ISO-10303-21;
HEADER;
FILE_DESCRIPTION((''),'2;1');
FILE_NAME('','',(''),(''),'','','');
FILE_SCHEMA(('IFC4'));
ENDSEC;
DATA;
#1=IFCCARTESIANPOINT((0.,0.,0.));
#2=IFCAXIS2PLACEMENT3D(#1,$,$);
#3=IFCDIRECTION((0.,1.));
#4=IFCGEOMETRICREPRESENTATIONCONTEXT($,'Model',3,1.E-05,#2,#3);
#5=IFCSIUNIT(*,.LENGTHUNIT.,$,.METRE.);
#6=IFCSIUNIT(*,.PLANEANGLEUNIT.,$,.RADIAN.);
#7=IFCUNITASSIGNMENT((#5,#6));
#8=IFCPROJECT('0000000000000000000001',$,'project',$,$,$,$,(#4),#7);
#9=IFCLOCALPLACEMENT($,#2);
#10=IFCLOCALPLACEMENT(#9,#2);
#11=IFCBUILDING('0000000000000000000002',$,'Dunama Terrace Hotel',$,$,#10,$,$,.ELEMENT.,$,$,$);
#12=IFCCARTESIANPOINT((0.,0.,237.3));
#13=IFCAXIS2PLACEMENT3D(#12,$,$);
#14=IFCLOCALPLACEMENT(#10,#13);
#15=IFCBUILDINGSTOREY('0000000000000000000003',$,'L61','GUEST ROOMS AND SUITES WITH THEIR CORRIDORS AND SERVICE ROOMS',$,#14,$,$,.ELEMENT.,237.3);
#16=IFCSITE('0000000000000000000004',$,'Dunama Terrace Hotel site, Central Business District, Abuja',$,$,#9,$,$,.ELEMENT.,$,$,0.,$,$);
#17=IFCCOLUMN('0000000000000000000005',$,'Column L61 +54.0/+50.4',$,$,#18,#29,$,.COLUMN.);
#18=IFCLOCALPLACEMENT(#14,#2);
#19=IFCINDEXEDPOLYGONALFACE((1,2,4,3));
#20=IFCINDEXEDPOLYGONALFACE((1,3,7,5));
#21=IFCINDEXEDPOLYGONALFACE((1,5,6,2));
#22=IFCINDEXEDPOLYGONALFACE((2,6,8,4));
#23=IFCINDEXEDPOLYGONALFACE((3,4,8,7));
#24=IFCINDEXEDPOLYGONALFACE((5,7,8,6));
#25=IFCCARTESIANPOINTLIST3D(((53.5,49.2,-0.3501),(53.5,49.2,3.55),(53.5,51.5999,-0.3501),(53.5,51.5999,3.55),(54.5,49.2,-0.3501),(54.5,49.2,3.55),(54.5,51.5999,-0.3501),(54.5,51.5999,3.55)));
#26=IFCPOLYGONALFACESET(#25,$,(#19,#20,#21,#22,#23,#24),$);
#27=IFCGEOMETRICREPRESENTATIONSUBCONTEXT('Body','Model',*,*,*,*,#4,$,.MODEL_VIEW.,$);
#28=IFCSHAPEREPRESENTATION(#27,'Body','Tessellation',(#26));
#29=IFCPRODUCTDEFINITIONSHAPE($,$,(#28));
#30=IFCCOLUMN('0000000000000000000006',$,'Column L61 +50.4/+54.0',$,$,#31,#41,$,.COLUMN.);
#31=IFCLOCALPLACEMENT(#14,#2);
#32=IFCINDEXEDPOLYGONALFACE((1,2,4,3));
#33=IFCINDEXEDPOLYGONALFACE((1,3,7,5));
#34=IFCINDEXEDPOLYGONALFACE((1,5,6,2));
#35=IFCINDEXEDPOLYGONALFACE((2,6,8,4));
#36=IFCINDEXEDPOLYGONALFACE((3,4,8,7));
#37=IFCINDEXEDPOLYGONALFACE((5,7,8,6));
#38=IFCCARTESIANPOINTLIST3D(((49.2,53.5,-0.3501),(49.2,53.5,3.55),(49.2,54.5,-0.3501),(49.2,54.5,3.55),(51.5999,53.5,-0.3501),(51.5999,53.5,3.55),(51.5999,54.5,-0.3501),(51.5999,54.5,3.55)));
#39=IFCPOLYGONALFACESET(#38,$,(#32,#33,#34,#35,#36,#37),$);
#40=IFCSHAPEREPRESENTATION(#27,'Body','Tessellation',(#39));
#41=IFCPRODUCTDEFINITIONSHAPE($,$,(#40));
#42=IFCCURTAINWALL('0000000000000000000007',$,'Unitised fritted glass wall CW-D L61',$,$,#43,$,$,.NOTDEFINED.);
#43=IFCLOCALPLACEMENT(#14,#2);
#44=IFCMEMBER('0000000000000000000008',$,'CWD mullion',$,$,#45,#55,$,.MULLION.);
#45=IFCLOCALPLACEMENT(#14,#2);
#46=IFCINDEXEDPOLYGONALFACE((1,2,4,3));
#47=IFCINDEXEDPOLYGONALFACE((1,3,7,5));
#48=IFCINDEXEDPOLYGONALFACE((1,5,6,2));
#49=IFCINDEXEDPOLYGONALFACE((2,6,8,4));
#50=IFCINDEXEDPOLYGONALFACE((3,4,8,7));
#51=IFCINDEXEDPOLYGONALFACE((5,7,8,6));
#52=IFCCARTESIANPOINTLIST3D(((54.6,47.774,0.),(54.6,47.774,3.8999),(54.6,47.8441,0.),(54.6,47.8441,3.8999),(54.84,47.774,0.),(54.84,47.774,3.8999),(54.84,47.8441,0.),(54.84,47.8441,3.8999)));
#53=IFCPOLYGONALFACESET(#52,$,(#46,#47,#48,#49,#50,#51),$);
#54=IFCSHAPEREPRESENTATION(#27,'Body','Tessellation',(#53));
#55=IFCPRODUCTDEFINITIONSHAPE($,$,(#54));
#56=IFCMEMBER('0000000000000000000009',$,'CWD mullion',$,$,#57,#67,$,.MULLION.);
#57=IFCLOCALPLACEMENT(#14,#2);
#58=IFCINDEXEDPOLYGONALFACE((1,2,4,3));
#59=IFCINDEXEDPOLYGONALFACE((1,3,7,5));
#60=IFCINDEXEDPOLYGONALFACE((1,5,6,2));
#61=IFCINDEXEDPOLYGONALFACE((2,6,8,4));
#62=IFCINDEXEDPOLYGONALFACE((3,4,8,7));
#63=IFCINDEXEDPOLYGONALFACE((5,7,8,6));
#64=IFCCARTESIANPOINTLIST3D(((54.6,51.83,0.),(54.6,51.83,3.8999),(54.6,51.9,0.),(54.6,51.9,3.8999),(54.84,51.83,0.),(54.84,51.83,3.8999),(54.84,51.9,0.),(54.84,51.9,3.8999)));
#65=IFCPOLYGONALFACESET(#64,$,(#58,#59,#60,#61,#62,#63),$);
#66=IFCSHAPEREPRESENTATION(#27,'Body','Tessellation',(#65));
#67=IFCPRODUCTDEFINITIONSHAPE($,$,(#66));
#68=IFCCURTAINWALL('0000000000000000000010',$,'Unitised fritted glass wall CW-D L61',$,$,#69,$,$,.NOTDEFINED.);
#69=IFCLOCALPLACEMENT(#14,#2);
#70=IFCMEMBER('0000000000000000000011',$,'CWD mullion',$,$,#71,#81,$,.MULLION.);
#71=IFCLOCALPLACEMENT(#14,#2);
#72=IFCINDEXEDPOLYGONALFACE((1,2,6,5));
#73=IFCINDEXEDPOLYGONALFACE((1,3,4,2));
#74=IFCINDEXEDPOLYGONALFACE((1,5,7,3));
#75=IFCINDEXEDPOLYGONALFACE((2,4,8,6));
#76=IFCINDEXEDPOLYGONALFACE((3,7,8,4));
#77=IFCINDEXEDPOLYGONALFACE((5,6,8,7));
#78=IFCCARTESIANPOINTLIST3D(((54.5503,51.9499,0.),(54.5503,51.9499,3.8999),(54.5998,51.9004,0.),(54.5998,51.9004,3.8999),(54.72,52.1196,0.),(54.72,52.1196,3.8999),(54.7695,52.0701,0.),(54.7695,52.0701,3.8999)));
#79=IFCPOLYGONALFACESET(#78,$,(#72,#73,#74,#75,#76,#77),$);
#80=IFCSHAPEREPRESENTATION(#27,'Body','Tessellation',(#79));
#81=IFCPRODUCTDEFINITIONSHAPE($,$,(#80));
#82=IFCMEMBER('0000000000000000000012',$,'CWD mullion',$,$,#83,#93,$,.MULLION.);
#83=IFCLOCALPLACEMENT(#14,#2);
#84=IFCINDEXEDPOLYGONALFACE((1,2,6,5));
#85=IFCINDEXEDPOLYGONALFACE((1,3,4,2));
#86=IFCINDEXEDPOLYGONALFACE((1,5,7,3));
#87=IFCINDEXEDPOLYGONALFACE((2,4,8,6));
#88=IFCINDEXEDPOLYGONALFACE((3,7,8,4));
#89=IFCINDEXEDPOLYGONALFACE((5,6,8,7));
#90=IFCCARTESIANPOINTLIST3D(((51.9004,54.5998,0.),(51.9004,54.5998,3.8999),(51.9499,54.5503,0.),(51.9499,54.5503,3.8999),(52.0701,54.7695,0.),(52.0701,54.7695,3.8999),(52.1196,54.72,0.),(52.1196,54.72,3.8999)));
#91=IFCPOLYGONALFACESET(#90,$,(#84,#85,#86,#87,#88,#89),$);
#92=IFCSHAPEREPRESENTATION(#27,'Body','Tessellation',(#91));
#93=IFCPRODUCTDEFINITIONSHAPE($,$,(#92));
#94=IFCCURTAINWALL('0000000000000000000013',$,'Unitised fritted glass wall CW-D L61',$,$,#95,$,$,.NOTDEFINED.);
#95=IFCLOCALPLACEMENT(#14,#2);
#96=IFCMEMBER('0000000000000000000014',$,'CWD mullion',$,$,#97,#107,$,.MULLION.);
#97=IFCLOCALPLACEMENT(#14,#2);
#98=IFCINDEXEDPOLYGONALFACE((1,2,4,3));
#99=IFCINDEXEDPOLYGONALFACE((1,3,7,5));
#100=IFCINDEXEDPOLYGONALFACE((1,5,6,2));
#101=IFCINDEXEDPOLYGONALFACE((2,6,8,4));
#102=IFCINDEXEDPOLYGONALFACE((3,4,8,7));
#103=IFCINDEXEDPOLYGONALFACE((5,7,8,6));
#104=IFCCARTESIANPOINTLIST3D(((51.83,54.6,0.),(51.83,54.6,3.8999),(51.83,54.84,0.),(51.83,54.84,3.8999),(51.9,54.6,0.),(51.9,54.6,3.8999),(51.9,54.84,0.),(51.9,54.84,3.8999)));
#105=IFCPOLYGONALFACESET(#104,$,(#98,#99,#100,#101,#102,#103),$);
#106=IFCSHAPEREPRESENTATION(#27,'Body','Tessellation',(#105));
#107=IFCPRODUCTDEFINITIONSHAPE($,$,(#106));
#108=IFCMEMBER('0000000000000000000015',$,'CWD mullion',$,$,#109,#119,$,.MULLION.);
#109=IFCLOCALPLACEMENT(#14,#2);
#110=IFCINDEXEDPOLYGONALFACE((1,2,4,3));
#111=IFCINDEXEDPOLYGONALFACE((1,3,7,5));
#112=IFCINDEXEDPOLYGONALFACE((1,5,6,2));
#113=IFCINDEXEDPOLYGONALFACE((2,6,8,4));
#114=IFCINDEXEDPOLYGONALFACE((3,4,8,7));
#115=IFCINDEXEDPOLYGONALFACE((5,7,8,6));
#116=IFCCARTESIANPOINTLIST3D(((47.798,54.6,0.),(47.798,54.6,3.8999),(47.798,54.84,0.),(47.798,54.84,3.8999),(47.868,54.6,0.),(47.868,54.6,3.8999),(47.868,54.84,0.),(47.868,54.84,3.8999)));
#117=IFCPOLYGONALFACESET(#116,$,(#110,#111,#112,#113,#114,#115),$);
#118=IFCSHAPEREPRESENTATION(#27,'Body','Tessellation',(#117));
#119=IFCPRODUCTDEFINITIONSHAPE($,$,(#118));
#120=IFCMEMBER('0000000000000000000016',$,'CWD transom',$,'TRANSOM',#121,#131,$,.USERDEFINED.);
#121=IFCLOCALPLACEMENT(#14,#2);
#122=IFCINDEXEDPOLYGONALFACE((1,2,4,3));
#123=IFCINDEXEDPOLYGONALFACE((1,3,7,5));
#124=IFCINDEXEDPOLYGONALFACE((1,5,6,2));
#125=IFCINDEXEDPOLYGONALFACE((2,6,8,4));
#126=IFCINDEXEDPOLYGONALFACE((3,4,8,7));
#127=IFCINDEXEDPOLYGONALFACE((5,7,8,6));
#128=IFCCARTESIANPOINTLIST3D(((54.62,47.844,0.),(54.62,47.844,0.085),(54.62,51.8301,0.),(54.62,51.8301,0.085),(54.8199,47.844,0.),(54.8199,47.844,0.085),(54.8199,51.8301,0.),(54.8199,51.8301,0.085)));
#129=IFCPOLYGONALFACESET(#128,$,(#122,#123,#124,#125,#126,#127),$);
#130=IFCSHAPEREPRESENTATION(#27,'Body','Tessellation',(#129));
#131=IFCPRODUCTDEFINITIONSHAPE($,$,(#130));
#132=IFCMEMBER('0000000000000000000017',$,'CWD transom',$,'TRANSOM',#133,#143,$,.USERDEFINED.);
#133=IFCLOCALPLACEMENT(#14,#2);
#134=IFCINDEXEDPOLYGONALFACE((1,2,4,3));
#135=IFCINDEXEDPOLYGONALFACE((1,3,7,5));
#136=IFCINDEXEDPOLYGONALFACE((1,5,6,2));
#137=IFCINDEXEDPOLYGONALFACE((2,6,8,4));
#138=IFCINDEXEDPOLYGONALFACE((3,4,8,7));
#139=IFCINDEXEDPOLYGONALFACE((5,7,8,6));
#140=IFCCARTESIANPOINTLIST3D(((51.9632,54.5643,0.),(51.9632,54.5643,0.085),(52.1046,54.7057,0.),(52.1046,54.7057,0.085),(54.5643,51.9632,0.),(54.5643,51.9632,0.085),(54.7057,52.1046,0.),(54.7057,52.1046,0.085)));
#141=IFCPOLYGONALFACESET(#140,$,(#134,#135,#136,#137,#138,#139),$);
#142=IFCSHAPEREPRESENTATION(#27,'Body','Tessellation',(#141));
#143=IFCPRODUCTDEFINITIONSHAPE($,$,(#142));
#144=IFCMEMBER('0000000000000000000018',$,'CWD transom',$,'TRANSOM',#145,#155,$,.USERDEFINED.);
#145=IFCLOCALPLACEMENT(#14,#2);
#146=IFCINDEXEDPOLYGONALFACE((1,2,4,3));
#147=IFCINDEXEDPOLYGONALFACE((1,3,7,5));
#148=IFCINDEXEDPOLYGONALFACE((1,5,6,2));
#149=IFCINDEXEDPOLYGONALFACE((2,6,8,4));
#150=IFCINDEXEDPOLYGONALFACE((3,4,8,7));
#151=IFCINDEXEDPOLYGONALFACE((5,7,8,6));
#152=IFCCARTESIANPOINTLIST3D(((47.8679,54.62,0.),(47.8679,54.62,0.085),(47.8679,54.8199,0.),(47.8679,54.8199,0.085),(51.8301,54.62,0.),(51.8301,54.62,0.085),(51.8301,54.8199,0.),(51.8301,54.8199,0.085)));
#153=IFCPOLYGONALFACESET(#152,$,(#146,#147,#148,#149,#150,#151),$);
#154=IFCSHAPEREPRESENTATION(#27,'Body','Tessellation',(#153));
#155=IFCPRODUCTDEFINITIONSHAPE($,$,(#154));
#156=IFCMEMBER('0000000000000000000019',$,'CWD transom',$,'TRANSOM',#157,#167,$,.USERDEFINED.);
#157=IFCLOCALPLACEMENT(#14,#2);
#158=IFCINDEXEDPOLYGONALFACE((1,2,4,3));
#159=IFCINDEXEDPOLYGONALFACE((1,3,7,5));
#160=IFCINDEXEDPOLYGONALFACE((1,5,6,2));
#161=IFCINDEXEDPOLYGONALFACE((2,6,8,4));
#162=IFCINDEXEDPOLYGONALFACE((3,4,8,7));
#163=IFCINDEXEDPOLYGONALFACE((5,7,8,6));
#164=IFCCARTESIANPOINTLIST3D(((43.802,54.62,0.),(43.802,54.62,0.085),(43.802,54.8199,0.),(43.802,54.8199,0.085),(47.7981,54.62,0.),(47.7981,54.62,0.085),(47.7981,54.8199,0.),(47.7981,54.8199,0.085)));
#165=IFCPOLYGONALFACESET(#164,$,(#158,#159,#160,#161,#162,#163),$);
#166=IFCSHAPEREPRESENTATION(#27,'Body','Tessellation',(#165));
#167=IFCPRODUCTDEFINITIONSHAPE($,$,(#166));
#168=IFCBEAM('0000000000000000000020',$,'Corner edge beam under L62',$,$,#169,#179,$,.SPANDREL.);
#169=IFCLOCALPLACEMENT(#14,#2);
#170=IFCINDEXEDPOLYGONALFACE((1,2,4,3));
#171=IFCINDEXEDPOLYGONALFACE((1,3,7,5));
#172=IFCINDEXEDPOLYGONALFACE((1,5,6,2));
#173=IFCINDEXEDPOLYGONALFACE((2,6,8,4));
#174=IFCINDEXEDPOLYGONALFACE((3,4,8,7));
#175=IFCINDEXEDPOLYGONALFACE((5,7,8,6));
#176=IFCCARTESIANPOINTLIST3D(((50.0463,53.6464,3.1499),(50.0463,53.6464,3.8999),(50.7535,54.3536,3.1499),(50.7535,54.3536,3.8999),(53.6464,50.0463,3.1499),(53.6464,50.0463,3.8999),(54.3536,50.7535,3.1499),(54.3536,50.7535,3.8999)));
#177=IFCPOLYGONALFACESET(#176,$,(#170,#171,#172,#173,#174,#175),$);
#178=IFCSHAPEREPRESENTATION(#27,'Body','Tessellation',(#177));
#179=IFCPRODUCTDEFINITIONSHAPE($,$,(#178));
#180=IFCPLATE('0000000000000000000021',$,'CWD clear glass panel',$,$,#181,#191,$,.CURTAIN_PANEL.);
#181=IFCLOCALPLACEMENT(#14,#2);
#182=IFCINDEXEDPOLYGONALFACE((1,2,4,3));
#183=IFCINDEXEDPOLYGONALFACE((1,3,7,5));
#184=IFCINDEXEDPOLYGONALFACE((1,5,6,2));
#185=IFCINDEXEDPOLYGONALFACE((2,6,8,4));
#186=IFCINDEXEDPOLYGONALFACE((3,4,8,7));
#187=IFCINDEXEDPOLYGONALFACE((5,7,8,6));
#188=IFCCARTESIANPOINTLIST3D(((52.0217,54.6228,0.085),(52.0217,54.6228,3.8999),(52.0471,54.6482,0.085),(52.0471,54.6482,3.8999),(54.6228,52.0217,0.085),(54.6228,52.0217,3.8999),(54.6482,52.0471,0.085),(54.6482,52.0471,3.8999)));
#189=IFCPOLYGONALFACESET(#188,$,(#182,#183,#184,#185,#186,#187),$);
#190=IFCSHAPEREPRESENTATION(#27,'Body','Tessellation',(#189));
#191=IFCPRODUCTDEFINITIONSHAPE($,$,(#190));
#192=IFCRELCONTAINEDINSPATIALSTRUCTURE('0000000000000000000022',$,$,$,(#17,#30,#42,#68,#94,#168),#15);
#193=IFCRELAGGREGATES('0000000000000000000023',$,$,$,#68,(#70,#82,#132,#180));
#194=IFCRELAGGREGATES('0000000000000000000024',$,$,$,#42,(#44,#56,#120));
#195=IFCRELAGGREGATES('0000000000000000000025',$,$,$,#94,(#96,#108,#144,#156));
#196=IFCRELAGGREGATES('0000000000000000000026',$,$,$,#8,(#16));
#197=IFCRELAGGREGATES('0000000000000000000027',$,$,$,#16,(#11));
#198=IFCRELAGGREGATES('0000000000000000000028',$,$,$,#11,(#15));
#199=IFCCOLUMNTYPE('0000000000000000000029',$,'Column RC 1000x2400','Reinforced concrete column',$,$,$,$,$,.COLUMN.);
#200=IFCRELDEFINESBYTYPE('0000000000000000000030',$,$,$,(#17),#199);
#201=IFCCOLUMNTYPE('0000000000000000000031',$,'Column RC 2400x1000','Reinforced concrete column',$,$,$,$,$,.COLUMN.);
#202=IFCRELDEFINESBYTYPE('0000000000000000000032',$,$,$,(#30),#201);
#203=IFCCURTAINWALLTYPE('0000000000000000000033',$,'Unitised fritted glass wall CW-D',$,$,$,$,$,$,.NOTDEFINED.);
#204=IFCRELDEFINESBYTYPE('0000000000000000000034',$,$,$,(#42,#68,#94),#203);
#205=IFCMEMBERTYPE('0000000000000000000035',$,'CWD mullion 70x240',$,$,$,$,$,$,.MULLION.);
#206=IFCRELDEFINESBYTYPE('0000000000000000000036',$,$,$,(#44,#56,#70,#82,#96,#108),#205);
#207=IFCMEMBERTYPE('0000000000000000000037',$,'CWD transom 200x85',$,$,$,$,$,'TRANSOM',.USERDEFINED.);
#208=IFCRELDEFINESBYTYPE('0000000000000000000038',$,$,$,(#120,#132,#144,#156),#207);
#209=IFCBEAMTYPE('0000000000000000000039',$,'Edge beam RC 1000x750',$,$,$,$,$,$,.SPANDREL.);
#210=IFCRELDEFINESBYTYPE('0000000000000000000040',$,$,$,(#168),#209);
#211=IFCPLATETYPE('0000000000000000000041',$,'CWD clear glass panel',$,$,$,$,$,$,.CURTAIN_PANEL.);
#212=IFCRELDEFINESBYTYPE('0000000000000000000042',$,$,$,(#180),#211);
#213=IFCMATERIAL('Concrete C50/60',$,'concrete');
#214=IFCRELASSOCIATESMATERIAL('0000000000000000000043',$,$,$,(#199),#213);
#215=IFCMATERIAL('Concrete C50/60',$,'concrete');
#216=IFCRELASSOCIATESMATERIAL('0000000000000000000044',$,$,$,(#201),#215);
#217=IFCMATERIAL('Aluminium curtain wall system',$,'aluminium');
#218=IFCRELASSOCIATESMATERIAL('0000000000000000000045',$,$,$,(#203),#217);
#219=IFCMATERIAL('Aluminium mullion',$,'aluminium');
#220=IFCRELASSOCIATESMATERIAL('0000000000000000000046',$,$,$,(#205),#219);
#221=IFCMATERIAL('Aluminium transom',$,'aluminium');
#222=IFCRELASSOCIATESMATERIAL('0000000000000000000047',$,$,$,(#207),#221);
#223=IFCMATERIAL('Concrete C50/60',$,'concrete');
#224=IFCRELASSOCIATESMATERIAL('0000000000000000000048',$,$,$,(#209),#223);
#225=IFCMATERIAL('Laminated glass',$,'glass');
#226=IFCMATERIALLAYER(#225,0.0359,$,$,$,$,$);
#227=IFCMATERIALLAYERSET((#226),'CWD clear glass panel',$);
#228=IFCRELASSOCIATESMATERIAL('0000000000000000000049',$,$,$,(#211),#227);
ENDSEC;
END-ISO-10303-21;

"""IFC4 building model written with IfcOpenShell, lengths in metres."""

from ifc_helpers import new_model, si_unit, direction, frame, origin, origin_2d, place, context, subcontext, project, spatial, rectangle, extrude, material, layer, layer_set, material_profile, profile_set, type_object, element, aggregate, save


model = new_model("IFC4")

# Units and contexts
model_context = context("Model", 3, precision=1e-05, world=origin(), true_north=direction((0.0, 1.0)))
body_context = subcontext(model_context, "Body", "Model", "MODEL_VIEW")
ifc_project = project(units=[si_unit("LENGTHUNIT", "METRE"), si_unit("PLANEANGLEUNIT", "RADIAN")], contexts=[model_context])

# Site, building, storey
site_placement = place(None, origin())
site = spatial("IfcSite", under=ifc_project, at=site_placement, Name="Dunama Terrace Hotel site, Central Business District, Abuja", CompositionType="ELEMENT", RefElevation=0.0)
building_placement = place(site_placement, origin())
building = spatial("IfcBuilding", under=site, at=building_placement, Name="Dunama Terrace Hotel", CompositionType="ELEMENT")
storey_placement = place(building_placement, frame((0.0, 0.0, 237.3)))
storey = spatial("IfcBuildingStorey", under=building, at=storey_placement, Name="L61", Description="GUEST ROOMS AND SUITES WITH THEIR CORRIDORS AND SERVICE ROOMS", CompositionType="ELEMENT", Elevation=237.3)

# Columns
ifc_material_1 = material(Name="Concrete C50/60", Category="concrete")
ifc_material_profile_1 = material_profile(ifc_material_1, rectangle(XDim=1.0, YDim=2.3999, at=origin_2d()), Name="RC 1000x2400")
ifc_profile_set_1 = profile_set([ifc_material_profile_1], Name="Concrete C50/60")
column_type_1 = type_object("IfcColumnType", Name="Column RC 1000x2400", Description="Reinforced concrete column", PredefinedType="COLUMN", material=ifc_profile_set_1)
column_1_placement = place(storey_placement, frame((54.0, 50.3999, -0.3501), z_axis=(0.0, 0.0, 1.0), x_axis=(1.0, 0.0, 0.0)))
element("IfcColumn", 1, at=column_1_placement, inside=storey, type_object=column_type_1, Name="Column L61 +54.0/+50.4", PredefinedType="COLUMN", context=body_context, shape_type="SweptSolid", body=[
    extrude(rectangle(XDim=1.0, YDim=2.3999, at=origin_2d()), origin(), (0.0, 0.0, 1.0), 3.9001),
])
ifc_material_2 = material(Name="Concrete C50/60", Category="concrete")
ifc_material_profile_2 = material_profile(ifc_material_2, rectangle(XDim=2.3999, YDim=1.0, at=origin_2d()), Name="RC 2400x1000")
ifc_profile_set_2 = profile_set([ifc_material_profile_2], Name="Concrete C50/60")
column_type_2 = type_object("IfcColumnType", Name="Column RC 2400x1000", Description="Reinforced concrete column", PredefinedType="COLUMN", material=ifc_profile_set_2)
column_2_placement = place(storey_placement, frame((50.3999, 54.0, -0.3501), z_axis=(0.0, 0.0, 1.0), x_axis=(1.0, 0.0, 0.0)))
element("IfcColumn", 2, at=column_2_placement, inside=storey, type_object=column_type_2, Name="Column L61 +50.4/+54.0", PredefinedType="COLUMN", context=body_context, shape_type="SweptSolid", body=[
    extrude(rectangle(XDim=2.3999, YDim=1.0, at=origin_2d()), origin(), (0.0, 0.0, 1.0), 3.9001),
])

# Curtain walls, members
ifc_material_3 = material(Name="Aluminium curtain wall system", Category="aluminium")
curtain_wall_type = type_object("IfcCurtainWallType", Name="Unitised fritted glass wall CW-D", PredefinedType="NOTDEFINED", material=ifc_material_3)
curtain_wall_1_placement = place(storey_placement, origin())
curtain_wall_1 = element("IfcCurtainWall", 3, at=curtain_wall_1_placement, inside=storey, type_object=curtain_wall_type, Name="Unitised fritted glass wall CW-D L61", PredefinedType="NOTDEFINED")
ifc_material_4 = material(Name="Aluminium mullion", Category="aluminium")
ifc_material_profile_3 = material_profile(ifc_material_4, rectangle(XDim=0.0701, YDim=0.24, at=origin_2d()), Name="CWD MULLION 70X240")
ifc_profile_set_3 = profile_set([ifc_material_profile_3], Name="Aluminium mullion")
member_type_1 = type_object("IfcMemberType", Name="CWD mullion 70x240", PredefinedType="MULLION", material=ifc_profile_set_3)
member_1_placement = place(storey_placement, frame((54.72, 47.8091, 0.0), z_axis=(0.0, 0.0, 1.0), x_axis=(0.0, 1.0, 0.0)))
member_1 = element("IfcMember", 4, at=member_1_placement, type_object=member_type_1, Name="CWD mullion", PredefinedType="MULLION", context=body_context, shape_type="SweptSolid", body=[
    extrude(rectangle(XDim=0.0701, YDim=0.24, at=origin_2d()), origin(), (0.0, 0.0, 1.0), 3.8999),
])
member_2_placement = place(storey_placement, frame((54.72, 51.865, 0.0), z_axis=(0.0, 0.0, 1.0), x_axis=(0.0, 1.0, 0.0)))
member_2 = element("IfcMember", 5, at=member_2_placement, type_object=member_type_1, Name="CWD mullion", PredefinedType="MULLION", context=body_context, shape_type="SweptSolid", body=[
    extrude(rectangle(XDim=0.0701, YDim=0.24, at=origin_2d()), origin(), (0.0, 0.0, 1.0), 3.8999),
])
curtain_wall_2_placement = place(storey_placement, origin())
curtain_wall_2 = element("IfcCurtainWall", 6, at=curtain_wall_2_placement, inside=storey, type_object=curtain_wall_type, Name="Unitised fritted glass wall CW-D L61", PredefinedType="NOTDEFINED")
member_3_placement = place(storey_placement, frame((54.6599, 52.01, 0.0), z_axis=(0.0, 0.0, 1.0), x_axis=(-0.707107, 0.707107, 0.0)))
member_3 = element("IfcMember", 7, at=member_3_placement, type_object=member_type_1, Name="CWD mullion", PredefinedType="MULLION", context=body_context, shape_type="SweptSolid", body=[
    extrude(rectangle(XDim=0.0701, YDim=0.24, at=origin_2d()), origin(), (0.0, 0.0, 1.0), 3.8999),
])
member_4_placement = place(storey_placement, frame((52.01, 54.6599, 0.0), z_axis=(0.0, 0.0, 1.0), x_axis=(-0.707107, 0.707107, 0.0)))
member_4 = element("IfcMember", 8, at=member_4_placement, type_object=member_type_1, Name="CWD mullion", PredefinedType="MULLION", context=body_context, shape_type="SweptSolid", body=[
    extrude(rectangle(XDim=0.0701, YDim=0.24, at=origin_2d()), origin(), (0.0, 0.0, 1.0), 3.8999),
])
curtain_wall_3_placement = place(storey_placement, origin())
curtain_wall_3 = element("IfcCurtainWall", 9, at=curtain_wall_3_placement, inside=storey, type_object=curtain_wall_type, Name="Unitised fritted glass wall CW-D L61", PredefinedType="NOTDEFINED")
member_5_placement = place(storey_placement, frame((51.865, 54.72, 0.0), z_axis=(0.0, 0.0, 1.0), x_axis=(-1.0, 0.0, 0.0)))
member_5 = element("IfcMember", 10, at=member_5_placement, type_object=member_type_1, Name="CWD mullion", PredefinedType="MULLION", context=body_context, shape_type="SweptSolid", body=[
    extrude(rectangle(XDim=0.0701, YDim=0.24, at=origin_2d()), origin(), (0.0, 0.0, 1.0), 3.8999),
])
member_6_placement = place(storey_placement, frame((47.833, 54.72, 0.0), z_axis=(0.0, 0.0, 1.0), x_axis=(-1.0, 0.0, 0.0)))
member_6 = element("IfcMember", 11, at=member_6_placement, type_object=member_type_1, Name="CWD mullion", PredefinedType="MULLION", context=body_context, shape_type="SweptSolid", body=[
    extrude(rectangle(XDim=0.0701, YDim=0.24, at=origin_2d()), origin(), (0.0, 0.0, 1.0), 3.8999),
])

# Members
ifc_material_5 = material(Name="Aluminium transom", Category="aluminium")
ifc_material_profile_4 = material_profile(ifc_material_5, rectangle(XDim=0.2, YDim=0.085, at=origin_2d()), Name="CWD TRANSOM 200X85")
ifc_profile_set_4 = profile_set([ifc_material_profile_4], Name="Aluminium transom")
member_type_2 = type_object("IfcMemberType", Name="CWD transom 200x85", ElementType="TRANSOM", PredefinedType="USERDEFINED", material=ifc_profile_set_4)
member_7_placement = place(storey_placement, frame((54.72, 47.844, 0.0425), z_axis=(0.0, 1.0, 0.0), x_axis=(-1.0, 0.0, 0.0)))
member_7 = element("IfcMember", 12, at=member_7_placement, type_object=member_type_2, Name="CWD transom", ObjectType="TRANSOM", PredefinedType="USERDEFINED", context=body_context, shape_type="SweptSolid", body=[
    extrude(rectangle(XDim=0.2, YDim=0.085, at=origin_2d()), origin(), (0.0, 0.0, 1.0), 3.9861),
])
member_8_placement = place(storey_placement, frame((54.635, 52.0339, 0.0425), z_axis=(-0.707107, 0.707107, 0.0), x_axis=(-0.707107, -0.707107, 0.0)))
member_8 = element("IfcMember", 13, at=member_8_placement, type_object=member_type_2, Name="CWD transom", ObjectType="TRANSOM", PredefinedType="USERDEFINED", context=body_context, shape_type="SweptSolid", body=[
    extrude(rectangle(XDim=0.2, YDim=0.085, at=origin_2d()), origin(), (0.0, 0.0, 1.0), 3.6785),
])
member_9_placement = place(storey_placement, frame((51.8301, 54.72, 0.0425), z_axis=(-1.0, 0.0, 0.0), x_axis=(0.0, -1.0, 0.0)))
member_9 = element("IfcMember", 14, at=member_9_placement, type_object=member_type_2, Name="CWD transom", ObjectType="TRANSOM", PredefinedType="USERDEFINED", context=body_context, shape_type="SweptSolid", body=[
    extrude(rectangle(XDim=0.2, YDim=0.085, at=origin_2d()), origin(), (0.0, 0.0, 1.0), 3.9622),
])
member_10_placement = place(storey_placement, frame((47.7981, 54.72, 0.0425), z_axis=(-1.0, 0.0, 0.0), x_axis=(0.0, -1.0, 0.0)))
member_10 = element("IfcMember", 15, at=member_10_placement, type_object=member_type_2, Name="CWD transom", ObjectType="TRANSOM", PredefinedType="USERDEFINED", context=body_context, shape_type="SweptSolid", body=[
    extrude(rectangle(XDim=0.2, YDim=0.085, at=origin_2d()), origin(), (0.0, 0.0, 1.0), 3.9961),
])

# Beam
ifc_material_6 = material(Name="Concrete C50/60", Category="concrete")
ifc_material_profile_5 = material_profile(ifc_material_6, rectangle(XDim=1.0, YDim=0.75, at=origin_2d()), Name="RC 1000x750")
ifc_profile_set_5 = profile_set([ifc_material_profile_5], Name="Concrete C50/60")
beam_type = type_object("IfcBeamType", Name="Edge beam RC 1000x750", PredefinedType="SPANDREL", material=ifc_profile_set_5)
beam_placement = place(storey_placement, frame((50.3999, 54.0, 3.5249), z_axis=(0.707107, -0.707107, 0.0), x_axis=(0.707107, 0.707107, 0.0)))
element("IfcBeam", 16, at=beam_placement, inside=storey, type_object=beam_type, Name="Corner edge beam under L62", PredefinedType="SPANDREL", context=body_context, shape_type="SweptSolid", body=[
    extrude(rectangle(XDim=1.0, YDim=0.75, at=origin_2d()), origin(), (0.0, 0.0, 1.0), 5.0913),
])

# Plate
ifc_material_7 = material(Name="Laminated glass", Category="glass")
ifc_layer_1 = layer(ifc_material_7, 0.0359)
ifc_layer_set_1 = layer_set([ifc_layer_1], Name="CWD clear glass panel")
plate_type_1 = type_object("IfcPlateType", Name="CWD clear glass panel", PredefinedType="CURTAIN_PANEL", material=ifc_layer_set_1)
plate_1_placement = place(storey_placement, frame((53.335, 53.335, 0.085), z_axis=(0.0, 0.0, 1.0), x_axis=(-0.707107, 0.707107, 0.0)))
plate_1 = element("IfcPlate", 17, at=plate_1_placement, type_object=plate_type_1, Name="CWD clear glass panel", PredefinedType="CURTAIN_PANEL", context=body_context, shape_type="SweptSolid", body=[
    extrude(rectangle(XDim=3.6785, YDim=0.0359, at=origin_2d()), origin(), (0.0, 0.0, 1.0), 3.8149),
])
aggregate(curtain_wall_2, [member_3, member_4, member_8, plate_1])
aggregate(curtain_wall_1, [member_1, member_2, member_7])
aggregate(curtain_wall_3, [member_5, member_6, member_9, member_10])

save(model, "model.ifc")
